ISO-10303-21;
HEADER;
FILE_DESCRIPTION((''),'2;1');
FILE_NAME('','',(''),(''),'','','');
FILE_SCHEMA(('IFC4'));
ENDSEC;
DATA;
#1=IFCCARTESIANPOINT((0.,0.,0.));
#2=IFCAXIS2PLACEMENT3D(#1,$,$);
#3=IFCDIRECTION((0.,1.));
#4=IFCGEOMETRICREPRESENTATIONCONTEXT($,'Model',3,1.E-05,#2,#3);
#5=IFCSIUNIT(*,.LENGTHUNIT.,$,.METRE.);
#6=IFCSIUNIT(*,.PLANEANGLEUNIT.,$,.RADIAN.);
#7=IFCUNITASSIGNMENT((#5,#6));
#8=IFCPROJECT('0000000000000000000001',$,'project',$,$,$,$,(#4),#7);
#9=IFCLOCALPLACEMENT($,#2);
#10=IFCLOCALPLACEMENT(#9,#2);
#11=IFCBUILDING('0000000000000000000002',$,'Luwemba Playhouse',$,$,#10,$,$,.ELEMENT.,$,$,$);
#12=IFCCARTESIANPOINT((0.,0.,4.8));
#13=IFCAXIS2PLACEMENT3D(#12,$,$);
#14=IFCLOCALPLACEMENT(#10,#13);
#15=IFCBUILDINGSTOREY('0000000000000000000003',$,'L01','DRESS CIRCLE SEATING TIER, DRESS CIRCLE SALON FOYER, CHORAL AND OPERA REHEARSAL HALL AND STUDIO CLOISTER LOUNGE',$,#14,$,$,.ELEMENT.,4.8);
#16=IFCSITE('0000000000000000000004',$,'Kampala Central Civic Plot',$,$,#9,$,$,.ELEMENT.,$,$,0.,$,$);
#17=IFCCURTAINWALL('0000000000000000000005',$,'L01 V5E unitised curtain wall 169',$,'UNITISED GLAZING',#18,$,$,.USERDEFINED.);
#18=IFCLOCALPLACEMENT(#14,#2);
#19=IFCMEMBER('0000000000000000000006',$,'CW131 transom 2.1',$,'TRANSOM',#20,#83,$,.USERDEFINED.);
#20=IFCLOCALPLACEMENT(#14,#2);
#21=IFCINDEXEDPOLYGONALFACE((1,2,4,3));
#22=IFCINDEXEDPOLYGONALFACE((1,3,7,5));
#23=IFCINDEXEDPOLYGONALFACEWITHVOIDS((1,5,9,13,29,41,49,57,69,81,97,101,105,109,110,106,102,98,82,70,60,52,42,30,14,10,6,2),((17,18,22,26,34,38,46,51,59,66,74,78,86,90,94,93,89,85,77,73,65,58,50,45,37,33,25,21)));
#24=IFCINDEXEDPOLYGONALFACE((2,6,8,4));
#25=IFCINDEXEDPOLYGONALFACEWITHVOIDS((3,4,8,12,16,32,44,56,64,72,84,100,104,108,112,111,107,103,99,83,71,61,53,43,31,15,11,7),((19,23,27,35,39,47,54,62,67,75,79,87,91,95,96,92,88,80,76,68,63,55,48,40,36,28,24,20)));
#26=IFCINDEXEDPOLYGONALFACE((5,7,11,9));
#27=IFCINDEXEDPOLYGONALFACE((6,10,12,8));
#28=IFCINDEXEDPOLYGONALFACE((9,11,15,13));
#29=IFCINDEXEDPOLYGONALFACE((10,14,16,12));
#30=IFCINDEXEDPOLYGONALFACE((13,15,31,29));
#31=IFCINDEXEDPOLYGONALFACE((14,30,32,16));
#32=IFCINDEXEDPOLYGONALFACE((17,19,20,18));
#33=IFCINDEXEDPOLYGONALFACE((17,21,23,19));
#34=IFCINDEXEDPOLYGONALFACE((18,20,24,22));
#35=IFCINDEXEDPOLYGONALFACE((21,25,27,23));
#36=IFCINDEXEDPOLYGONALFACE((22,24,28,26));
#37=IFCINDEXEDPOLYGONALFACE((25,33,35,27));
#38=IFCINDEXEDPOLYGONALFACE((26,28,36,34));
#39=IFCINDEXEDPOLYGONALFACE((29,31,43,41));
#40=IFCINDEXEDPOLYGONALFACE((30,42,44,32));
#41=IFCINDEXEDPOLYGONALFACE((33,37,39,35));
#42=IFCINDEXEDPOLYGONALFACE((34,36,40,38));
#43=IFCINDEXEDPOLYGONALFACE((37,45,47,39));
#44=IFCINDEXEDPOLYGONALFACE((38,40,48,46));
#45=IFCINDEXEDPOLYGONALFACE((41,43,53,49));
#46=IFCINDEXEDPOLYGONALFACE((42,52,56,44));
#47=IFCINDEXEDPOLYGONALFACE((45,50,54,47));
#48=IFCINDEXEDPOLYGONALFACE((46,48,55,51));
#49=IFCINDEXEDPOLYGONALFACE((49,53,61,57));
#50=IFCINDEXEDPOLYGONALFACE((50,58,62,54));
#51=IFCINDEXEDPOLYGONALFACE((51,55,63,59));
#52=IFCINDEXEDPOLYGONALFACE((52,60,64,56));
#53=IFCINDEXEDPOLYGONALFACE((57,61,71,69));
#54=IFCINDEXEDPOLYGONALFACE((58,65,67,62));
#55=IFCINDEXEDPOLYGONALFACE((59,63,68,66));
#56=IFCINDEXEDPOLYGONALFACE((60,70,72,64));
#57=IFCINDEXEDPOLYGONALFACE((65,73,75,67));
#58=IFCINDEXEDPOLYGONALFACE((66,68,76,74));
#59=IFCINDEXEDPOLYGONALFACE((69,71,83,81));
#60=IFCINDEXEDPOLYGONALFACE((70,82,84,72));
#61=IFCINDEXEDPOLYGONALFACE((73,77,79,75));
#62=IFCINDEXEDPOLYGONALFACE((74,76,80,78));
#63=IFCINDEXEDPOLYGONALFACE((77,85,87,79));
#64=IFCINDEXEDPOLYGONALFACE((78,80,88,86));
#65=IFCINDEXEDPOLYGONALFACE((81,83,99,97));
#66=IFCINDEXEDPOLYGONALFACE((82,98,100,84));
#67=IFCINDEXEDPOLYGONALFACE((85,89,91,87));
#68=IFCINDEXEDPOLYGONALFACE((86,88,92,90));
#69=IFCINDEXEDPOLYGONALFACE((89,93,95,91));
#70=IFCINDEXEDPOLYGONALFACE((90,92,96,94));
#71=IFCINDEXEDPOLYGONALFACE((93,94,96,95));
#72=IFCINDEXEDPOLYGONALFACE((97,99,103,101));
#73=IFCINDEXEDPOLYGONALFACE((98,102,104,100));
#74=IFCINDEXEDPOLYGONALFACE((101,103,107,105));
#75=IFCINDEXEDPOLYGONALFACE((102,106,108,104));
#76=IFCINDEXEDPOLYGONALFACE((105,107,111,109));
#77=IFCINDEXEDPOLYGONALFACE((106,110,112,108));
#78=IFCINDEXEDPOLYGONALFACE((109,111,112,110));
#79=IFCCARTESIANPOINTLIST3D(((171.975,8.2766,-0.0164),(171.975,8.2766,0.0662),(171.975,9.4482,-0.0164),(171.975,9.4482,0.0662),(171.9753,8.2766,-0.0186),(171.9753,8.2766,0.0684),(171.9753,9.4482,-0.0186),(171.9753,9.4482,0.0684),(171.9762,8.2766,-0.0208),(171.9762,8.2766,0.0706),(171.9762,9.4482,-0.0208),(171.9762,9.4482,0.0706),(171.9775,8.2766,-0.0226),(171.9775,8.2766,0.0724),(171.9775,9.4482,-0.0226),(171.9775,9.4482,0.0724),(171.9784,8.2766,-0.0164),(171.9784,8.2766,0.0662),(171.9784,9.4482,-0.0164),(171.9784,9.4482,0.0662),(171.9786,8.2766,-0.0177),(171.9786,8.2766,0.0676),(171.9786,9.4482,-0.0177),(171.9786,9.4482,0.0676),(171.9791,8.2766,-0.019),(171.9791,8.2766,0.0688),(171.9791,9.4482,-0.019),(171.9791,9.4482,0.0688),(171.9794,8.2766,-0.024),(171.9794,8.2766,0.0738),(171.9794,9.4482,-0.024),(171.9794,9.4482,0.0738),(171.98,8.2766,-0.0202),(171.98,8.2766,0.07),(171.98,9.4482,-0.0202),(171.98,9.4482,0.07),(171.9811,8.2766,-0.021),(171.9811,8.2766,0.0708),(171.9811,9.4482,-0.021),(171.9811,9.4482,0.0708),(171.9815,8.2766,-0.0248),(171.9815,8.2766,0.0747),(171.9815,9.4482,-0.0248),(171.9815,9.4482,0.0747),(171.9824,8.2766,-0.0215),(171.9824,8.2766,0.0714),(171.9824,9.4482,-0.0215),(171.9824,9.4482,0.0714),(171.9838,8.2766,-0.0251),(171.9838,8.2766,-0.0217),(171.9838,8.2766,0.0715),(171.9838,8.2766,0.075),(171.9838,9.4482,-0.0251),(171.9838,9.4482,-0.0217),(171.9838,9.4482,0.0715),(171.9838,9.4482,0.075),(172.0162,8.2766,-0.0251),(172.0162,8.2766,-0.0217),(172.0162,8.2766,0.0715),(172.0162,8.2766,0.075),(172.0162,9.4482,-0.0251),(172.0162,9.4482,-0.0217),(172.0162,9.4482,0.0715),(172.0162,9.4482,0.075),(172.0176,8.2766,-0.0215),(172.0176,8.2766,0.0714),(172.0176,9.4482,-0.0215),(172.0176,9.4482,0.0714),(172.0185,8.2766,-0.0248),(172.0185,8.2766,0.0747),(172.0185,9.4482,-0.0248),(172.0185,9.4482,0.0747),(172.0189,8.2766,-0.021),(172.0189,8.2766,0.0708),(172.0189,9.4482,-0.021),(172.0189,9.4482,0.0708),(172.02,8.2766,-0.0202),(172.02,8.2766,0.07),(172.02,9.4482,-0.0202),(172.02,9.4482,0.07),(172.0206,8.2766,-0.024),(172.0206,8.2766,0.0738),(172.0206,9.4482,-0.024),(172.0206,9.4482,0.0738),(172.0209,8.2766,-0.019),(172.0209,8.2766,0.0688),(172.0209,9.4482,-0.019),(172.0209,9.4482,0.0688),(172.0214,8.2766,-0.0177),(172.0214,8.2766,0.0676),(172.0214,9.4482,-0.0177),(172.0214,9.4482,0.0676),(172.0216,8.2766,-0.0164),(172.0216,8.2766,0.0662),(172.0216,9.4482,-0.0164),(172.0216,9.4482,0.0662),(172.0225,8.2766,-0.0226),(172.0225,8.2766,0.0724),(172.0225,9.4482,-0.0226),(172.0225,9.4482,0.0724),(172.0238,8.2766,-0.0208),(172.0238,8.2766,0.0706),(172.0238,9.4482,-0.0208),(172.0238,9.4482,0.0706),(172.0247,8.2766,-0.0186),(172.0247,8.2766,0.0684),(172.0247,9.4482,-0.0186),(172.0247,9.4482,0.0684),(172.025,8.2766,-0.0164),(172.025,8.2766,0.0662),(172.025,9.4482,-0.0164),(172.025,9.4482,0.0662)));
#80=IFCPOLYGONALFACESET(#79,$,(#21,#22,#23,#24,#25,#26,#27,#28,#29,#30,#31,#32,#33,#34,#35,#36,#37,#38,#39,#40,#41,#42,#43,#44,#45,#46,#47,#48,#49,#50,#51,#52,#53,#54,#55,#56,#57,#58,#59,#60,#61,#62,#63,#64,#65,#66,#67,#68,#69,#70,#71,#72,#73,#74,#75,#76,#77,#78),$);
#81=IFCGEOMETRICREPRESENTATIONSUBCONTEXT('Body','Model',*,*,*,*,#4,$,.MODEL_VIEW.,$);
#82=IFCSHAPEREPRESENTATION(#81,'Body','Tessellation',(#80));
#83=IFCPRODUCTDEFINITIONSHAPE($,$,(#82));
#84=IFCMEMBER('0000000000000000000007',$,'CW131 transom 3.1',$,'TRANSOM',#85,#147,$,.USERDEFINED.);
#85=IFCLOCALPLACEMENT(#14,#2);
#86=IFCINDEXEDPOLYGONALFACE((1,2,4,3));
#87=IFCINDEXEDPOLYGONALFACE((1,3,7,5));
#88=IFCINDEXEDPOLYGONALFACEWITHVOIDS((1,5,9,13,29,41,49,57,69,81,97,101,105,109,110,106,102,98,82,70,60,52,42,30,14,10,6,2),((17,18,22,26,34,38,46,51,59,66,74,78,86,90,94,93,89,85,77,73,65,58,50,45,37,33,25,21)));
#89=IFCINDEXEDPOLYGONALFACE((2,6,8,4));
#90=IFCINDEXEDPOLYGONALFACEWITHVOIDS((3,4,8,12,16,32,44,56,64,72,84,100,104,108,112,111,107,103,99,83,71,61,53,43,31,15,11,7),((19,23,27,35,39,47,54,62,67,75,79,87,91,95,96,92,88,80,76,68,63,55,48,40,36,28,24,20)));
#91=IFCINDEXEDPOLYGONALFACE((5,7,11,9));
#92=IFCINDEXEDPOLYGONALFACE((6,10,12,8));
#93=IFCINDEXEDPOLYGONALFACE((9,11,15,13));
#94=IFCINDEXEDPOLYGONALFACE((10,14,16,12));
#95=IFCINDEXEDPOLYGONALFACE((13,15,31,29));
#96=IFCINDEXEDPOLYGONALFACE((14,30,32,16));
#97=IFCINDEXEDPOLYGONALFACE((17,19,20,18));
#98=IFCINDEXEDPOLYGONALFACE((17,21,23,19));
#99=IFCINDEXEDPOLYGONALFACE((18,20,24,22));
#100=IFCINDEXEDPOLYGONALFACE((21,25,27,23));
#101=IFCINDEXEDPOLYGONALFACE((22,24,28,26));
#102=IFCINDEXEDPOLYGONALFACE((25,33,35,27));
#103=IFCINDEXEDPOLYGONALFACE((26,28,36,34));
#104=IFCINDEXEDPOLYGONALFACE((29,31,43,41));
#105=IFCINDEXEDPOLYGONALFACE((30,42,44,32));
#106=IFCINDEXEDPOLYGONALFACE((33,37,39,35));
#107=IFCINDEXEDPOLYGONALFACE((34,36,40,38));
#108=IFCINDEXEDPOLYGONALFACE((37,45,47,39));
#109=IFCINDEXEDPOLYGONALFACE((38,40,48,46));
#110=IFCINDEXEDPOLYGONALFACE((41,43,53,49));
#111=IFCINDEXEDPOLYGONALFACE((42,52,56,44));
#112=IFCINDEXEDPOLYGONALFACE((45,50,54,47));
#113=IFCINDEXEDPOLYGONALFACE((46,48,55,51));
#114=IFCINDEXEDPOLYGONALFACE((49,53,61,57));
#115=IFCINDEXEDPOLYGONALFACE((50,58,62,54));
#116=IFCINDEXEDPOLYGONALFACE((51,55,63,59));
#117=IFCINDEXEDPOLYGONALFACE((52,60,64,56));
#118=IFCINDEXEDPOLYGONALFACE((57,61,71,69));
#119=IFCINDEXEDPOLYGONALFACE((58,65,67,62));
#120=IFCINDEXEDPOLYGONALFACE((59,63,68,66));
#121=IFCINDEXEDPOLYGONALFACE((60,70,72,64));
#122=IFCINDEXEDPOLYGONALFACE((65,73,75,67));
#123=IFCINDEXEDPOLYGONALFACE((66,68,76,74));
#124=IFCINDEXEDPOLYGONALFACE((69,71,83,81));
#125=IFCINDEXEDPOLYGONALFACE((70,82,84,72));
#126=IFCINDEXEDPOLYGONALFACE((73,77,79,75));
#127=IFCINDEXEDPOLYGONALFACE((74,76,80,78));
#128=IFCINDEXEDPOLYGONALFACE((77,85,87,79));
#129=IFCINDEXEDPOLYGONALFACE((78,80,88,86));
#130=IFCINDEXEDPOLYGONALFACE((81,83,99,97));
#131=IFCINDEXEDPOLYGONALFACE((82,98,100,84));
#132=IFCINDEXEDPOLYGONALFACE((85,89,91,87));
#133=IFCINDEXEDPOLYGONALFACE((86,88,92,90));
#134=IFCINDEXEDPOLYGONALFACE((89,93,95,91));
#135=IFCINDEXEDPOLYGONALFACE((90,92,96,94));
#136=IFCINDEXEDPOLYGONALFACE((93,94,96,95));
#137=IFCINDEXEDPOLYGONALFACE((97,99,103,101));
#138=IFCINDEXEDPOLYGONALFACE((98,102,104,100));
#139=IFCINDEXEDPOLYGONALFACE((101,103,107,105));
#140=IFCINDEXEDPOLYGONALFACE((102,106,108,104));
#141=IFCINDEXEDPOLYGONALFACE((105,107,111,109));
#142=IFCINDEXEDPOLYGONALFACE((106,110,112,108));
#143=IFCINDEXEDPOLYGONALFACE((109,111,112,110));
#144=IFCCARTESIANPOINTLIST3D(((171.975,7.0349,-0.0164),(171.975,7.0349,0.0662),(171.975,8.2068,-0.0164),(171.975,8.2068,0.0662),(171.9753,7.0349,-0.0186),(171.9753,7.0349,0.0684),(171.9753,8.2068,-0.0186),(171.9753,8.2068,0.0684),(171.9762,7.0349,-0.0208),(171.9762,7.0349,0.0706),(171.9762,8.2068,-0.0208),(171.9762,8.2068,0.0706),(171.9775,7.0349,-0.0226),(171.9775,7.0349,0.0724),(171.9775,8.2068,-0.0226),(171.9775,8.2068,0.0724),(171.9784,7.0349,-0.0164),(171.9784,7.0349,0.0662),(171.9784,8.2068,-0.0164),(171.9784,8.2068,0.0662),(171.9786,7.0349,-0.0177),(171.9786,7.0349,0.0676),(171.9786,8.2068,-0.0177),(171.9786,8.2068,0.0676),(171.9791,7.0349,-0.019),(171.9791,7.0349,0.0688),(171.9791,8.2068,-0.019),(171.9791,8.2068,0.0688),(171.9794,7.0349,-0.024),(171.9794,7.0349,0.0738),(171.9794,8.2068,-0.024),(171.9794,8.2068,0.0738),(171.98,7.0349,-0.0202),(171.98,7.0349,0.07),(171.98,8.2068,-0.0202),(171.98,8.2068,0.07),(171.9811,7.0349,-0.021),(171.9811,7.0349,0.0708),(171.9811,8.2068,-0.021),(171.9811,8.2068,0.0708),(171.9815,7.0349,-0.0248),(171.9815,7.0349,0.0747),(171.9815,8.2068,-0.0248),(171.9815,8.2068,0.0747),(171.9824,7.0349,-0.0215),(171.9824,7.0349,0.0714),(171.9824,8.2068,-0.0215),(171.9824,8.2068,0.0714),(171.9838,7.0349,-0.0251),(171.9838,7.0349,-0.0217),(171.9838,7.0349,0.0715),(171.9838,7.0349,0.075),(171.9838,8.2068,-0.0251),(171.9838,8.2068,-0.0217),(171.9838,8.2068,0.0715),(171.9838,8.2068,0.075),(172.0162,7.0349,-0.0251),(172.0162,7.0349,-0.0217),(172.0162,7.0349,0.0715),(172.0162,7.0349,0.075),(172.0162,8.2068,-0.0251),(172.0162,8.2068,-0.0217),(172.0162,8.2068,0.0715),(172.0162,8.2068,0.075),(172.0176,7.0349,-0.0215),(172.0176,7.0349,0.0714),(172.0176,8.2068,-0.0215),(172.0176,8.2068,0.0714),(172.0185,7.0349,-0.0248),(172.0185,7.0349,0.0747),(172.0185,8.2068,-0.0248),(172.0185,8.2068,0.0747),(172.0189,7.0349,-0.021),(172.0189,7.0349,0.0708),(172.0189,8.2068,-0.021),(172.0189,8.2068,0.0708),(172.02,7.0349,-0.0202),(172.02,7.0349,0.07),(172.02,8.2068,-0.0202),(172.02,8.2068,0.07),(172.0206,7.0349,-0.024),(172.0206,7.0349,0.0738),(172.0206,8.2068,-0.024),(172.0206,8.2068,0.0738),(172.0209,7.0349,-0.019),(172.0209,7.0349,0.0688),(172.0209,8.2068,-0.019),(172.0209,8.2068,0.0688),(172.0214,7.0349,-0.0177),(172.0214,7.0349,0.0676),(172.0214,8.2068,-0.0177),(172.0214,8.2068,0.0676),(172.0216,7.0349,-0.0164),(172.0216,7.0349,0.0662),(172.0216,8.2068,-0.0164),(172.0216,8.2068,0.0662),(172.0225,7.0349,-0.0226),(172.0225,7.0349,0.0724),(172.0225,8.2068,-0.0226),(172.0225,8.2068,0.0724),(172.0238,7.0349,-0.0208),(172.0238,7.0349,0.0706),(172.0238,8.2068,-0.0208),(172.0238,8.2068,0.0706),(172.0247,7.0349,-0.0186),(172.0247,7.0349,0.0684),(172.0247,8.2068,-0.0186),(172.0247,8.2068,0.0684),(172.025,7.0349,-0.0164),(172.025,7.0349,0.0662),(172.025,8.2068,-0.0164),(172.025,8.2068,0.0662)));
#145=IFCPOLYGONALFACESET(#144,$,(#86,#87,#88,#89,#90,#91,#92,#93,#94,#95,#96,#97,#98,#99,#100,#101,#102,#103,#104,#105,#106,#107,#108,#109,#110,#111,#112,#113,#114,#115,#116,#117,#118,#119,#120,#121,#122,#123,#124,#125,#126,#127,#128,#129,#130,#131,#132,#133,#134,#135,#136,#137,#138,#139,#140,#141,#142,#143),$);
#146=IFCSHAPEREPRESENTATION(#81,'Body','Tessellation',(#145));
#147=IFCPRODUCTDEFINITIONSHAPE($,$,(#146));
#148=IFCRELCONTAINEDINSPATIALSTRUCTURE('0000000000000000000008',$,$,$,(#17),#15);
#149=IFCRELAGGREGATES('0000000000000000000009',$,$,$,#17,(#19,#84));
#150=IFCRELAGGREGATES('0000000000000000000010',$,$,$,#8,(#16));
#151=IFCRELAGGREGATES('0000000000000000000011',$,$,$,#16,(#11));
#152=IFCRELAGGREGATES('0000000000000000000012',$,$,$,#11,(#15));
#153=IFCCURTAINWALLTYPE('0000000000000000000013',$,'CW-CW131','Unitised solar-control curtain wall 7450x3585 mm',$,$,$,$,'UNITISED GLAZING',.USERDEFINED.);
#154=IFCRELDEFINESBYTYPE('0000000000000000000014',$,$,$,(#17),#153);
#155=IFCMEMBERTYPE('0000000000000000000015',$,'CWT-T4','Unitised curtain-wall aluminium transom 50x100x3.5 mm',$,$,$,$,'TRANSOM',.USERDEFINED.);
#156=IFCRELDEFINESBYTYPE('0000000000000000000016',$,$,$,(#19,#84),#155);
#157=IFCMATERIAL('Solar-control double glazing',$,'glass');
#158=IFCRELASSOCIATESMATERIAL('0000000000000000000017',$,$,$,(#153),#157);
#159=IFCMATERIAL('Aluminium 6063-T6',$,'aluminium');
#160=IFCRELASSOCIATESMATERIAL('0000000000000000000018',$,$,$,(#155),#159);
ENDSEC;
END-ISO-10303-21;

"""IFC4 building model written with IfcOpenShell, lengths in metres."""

from ifc_helpers import new_model, si_unit, direction, frame, origin, origin_2d, place, context, subcontext, project, spatial, hollow_rectangle, extrude, material, material_profile, profile_set, type_object, element, aggregate, save


model = new_model("IFC4")

# Units and contexts
model_context = context("Model", 3, precision=1e-05, world=origin(), true_north=direction((0.0, 1.0)))
body_context = subcontext(model_context, "Body", "Model", "MODEL_VIEW")
ifc_project = project(units=[si_unit("LENGTHUNIT", "METRE"), si_unit("PLANEANGLEUNIT", "RADIAN")], contexts=[model_context])

# Site, building, storey
site_placement = place(None, origin())
site = spatial("IfcSite", under=ifc_project, at=site_placement, Name="Kampala Central Civic Plot", CompositionType="ELEMENT", RefElevation=0.0)
building_placement = place(site_placement, origin())
building = spatial("IfcBuilding", under=site, at=building_placement, Name="Luwemba Playhouse", CompositionType="ELEMENT")
storey_placement = place(building_placement, frame((0.0, 0.0, 4.8)))
storey = spatial("IfcBuildingStorey", under=building, at=storey_placement, Name="L01", Description="DRESS CIRCLE SEATING TIER, DRESS CIRCLE SALON FOYER, CHORAL AND OPERA REHEARSAL HALL AND STUDIO CLOISTER LOUNGE", CompositionType="ELEMENT", Elevation=4.8)

# Curtain wall, members
ifc_material_1 = material(Name="Solar-control double glazing", Category="glass")
curtain_wall_type = type_object("IfcCurtainWallType", Name="CW-CW131", Description="Unitised solar-control curtain wall 7450x3585 mm", ElementType="UNITISED GLAZING", PredefinedType="USERDEFINED", material=ifc_material_1)
curtain_wall_placement = place(storey_placement, origin())
curtain_wall = element("IfcCurtainWall", 1, at=curtain_wall_placement, inside=storey, type_object=curtain_wall_type, Name="L01 V5E unitised curtain wall 169", ObjectType="UNITISED GLAZING", PredefinedType="USERDEFINED")
ifc_material_2 = material(Name="Aluminium 6063-T6", Category="aluminium")
ifc_material_profile_1 = material_profile(ifc_material_2, hollow_rectangle(XDim=0.05, YDim=0.1001, WallThickness=0.0034, InnerFilletRadius=0.0054, OuterFilletRadius=0.0088, at=origin_2d()))
ifc_profile_set_1 = profile_set([ifc_material_profile_1], Name="Aluminium 6063-T6")
member_type_1 = type_object("IfcMemberType", Name="CWT-T4", Description="Unitised curtain-wall aluminium transom 50x100x3.5 mm", ElementType="TRANSOM", PredefinedType="USERDEFINED", material=ifc_profile_set_1)
member_1_placement = place(storey_placement, frame((172.0, 9.4482, 0.0249), z_axis=(0.0, -1.0, 0.0), x_axis=(1.0, 0.0, 0.0)))
member_1 = element("IfcMember", 2, at=member_1_placement, type_object=member_type_1, Name="CW131 transom 2.1", ObjectType="TRANSOM", PredefinedType="USERDEFINED", context=body_context, shape_type="SweptSolid", body=[
    extrude(hollow_rectangle(XDim=0.05, YDim=0.1001, WallThickness=0.0034, InnerFilletRadius=0.0054, OuterFilletRadius=0.0088, at=origin_2d()), origin(), (0.0, 0.0, 1.0), 1.1716),
])
member_2_placement = place(storey_placement, frame((172.0, 8.2068, 0.0249), z_axis=(0.0, -1.0, 0.0), x_axis=(1.0, 0.0, 0.0)))
member_2 = element("IfcMember", 3, at=member_2_placement, type_object=member_type_1, Name="CW131 transom 3.1", ObjectType="TRANSOM", PredefinedType="USERDEFINED", context=body_context, shape_type="SweptSolid", body=[
    extrude(hollow_rectangle(XDim=0.05, YDim=0.1001, WallThickness=0.0034, InnerFilletRadius=0.0054, OuterFilletRadius=0.0088, at=origin_2d()), origin(), (0.0, 0.0, 1.0), 1.1719),
])
aggregate(curtain_wall, [member_1, member_2])

save(model, "model.ifc")
